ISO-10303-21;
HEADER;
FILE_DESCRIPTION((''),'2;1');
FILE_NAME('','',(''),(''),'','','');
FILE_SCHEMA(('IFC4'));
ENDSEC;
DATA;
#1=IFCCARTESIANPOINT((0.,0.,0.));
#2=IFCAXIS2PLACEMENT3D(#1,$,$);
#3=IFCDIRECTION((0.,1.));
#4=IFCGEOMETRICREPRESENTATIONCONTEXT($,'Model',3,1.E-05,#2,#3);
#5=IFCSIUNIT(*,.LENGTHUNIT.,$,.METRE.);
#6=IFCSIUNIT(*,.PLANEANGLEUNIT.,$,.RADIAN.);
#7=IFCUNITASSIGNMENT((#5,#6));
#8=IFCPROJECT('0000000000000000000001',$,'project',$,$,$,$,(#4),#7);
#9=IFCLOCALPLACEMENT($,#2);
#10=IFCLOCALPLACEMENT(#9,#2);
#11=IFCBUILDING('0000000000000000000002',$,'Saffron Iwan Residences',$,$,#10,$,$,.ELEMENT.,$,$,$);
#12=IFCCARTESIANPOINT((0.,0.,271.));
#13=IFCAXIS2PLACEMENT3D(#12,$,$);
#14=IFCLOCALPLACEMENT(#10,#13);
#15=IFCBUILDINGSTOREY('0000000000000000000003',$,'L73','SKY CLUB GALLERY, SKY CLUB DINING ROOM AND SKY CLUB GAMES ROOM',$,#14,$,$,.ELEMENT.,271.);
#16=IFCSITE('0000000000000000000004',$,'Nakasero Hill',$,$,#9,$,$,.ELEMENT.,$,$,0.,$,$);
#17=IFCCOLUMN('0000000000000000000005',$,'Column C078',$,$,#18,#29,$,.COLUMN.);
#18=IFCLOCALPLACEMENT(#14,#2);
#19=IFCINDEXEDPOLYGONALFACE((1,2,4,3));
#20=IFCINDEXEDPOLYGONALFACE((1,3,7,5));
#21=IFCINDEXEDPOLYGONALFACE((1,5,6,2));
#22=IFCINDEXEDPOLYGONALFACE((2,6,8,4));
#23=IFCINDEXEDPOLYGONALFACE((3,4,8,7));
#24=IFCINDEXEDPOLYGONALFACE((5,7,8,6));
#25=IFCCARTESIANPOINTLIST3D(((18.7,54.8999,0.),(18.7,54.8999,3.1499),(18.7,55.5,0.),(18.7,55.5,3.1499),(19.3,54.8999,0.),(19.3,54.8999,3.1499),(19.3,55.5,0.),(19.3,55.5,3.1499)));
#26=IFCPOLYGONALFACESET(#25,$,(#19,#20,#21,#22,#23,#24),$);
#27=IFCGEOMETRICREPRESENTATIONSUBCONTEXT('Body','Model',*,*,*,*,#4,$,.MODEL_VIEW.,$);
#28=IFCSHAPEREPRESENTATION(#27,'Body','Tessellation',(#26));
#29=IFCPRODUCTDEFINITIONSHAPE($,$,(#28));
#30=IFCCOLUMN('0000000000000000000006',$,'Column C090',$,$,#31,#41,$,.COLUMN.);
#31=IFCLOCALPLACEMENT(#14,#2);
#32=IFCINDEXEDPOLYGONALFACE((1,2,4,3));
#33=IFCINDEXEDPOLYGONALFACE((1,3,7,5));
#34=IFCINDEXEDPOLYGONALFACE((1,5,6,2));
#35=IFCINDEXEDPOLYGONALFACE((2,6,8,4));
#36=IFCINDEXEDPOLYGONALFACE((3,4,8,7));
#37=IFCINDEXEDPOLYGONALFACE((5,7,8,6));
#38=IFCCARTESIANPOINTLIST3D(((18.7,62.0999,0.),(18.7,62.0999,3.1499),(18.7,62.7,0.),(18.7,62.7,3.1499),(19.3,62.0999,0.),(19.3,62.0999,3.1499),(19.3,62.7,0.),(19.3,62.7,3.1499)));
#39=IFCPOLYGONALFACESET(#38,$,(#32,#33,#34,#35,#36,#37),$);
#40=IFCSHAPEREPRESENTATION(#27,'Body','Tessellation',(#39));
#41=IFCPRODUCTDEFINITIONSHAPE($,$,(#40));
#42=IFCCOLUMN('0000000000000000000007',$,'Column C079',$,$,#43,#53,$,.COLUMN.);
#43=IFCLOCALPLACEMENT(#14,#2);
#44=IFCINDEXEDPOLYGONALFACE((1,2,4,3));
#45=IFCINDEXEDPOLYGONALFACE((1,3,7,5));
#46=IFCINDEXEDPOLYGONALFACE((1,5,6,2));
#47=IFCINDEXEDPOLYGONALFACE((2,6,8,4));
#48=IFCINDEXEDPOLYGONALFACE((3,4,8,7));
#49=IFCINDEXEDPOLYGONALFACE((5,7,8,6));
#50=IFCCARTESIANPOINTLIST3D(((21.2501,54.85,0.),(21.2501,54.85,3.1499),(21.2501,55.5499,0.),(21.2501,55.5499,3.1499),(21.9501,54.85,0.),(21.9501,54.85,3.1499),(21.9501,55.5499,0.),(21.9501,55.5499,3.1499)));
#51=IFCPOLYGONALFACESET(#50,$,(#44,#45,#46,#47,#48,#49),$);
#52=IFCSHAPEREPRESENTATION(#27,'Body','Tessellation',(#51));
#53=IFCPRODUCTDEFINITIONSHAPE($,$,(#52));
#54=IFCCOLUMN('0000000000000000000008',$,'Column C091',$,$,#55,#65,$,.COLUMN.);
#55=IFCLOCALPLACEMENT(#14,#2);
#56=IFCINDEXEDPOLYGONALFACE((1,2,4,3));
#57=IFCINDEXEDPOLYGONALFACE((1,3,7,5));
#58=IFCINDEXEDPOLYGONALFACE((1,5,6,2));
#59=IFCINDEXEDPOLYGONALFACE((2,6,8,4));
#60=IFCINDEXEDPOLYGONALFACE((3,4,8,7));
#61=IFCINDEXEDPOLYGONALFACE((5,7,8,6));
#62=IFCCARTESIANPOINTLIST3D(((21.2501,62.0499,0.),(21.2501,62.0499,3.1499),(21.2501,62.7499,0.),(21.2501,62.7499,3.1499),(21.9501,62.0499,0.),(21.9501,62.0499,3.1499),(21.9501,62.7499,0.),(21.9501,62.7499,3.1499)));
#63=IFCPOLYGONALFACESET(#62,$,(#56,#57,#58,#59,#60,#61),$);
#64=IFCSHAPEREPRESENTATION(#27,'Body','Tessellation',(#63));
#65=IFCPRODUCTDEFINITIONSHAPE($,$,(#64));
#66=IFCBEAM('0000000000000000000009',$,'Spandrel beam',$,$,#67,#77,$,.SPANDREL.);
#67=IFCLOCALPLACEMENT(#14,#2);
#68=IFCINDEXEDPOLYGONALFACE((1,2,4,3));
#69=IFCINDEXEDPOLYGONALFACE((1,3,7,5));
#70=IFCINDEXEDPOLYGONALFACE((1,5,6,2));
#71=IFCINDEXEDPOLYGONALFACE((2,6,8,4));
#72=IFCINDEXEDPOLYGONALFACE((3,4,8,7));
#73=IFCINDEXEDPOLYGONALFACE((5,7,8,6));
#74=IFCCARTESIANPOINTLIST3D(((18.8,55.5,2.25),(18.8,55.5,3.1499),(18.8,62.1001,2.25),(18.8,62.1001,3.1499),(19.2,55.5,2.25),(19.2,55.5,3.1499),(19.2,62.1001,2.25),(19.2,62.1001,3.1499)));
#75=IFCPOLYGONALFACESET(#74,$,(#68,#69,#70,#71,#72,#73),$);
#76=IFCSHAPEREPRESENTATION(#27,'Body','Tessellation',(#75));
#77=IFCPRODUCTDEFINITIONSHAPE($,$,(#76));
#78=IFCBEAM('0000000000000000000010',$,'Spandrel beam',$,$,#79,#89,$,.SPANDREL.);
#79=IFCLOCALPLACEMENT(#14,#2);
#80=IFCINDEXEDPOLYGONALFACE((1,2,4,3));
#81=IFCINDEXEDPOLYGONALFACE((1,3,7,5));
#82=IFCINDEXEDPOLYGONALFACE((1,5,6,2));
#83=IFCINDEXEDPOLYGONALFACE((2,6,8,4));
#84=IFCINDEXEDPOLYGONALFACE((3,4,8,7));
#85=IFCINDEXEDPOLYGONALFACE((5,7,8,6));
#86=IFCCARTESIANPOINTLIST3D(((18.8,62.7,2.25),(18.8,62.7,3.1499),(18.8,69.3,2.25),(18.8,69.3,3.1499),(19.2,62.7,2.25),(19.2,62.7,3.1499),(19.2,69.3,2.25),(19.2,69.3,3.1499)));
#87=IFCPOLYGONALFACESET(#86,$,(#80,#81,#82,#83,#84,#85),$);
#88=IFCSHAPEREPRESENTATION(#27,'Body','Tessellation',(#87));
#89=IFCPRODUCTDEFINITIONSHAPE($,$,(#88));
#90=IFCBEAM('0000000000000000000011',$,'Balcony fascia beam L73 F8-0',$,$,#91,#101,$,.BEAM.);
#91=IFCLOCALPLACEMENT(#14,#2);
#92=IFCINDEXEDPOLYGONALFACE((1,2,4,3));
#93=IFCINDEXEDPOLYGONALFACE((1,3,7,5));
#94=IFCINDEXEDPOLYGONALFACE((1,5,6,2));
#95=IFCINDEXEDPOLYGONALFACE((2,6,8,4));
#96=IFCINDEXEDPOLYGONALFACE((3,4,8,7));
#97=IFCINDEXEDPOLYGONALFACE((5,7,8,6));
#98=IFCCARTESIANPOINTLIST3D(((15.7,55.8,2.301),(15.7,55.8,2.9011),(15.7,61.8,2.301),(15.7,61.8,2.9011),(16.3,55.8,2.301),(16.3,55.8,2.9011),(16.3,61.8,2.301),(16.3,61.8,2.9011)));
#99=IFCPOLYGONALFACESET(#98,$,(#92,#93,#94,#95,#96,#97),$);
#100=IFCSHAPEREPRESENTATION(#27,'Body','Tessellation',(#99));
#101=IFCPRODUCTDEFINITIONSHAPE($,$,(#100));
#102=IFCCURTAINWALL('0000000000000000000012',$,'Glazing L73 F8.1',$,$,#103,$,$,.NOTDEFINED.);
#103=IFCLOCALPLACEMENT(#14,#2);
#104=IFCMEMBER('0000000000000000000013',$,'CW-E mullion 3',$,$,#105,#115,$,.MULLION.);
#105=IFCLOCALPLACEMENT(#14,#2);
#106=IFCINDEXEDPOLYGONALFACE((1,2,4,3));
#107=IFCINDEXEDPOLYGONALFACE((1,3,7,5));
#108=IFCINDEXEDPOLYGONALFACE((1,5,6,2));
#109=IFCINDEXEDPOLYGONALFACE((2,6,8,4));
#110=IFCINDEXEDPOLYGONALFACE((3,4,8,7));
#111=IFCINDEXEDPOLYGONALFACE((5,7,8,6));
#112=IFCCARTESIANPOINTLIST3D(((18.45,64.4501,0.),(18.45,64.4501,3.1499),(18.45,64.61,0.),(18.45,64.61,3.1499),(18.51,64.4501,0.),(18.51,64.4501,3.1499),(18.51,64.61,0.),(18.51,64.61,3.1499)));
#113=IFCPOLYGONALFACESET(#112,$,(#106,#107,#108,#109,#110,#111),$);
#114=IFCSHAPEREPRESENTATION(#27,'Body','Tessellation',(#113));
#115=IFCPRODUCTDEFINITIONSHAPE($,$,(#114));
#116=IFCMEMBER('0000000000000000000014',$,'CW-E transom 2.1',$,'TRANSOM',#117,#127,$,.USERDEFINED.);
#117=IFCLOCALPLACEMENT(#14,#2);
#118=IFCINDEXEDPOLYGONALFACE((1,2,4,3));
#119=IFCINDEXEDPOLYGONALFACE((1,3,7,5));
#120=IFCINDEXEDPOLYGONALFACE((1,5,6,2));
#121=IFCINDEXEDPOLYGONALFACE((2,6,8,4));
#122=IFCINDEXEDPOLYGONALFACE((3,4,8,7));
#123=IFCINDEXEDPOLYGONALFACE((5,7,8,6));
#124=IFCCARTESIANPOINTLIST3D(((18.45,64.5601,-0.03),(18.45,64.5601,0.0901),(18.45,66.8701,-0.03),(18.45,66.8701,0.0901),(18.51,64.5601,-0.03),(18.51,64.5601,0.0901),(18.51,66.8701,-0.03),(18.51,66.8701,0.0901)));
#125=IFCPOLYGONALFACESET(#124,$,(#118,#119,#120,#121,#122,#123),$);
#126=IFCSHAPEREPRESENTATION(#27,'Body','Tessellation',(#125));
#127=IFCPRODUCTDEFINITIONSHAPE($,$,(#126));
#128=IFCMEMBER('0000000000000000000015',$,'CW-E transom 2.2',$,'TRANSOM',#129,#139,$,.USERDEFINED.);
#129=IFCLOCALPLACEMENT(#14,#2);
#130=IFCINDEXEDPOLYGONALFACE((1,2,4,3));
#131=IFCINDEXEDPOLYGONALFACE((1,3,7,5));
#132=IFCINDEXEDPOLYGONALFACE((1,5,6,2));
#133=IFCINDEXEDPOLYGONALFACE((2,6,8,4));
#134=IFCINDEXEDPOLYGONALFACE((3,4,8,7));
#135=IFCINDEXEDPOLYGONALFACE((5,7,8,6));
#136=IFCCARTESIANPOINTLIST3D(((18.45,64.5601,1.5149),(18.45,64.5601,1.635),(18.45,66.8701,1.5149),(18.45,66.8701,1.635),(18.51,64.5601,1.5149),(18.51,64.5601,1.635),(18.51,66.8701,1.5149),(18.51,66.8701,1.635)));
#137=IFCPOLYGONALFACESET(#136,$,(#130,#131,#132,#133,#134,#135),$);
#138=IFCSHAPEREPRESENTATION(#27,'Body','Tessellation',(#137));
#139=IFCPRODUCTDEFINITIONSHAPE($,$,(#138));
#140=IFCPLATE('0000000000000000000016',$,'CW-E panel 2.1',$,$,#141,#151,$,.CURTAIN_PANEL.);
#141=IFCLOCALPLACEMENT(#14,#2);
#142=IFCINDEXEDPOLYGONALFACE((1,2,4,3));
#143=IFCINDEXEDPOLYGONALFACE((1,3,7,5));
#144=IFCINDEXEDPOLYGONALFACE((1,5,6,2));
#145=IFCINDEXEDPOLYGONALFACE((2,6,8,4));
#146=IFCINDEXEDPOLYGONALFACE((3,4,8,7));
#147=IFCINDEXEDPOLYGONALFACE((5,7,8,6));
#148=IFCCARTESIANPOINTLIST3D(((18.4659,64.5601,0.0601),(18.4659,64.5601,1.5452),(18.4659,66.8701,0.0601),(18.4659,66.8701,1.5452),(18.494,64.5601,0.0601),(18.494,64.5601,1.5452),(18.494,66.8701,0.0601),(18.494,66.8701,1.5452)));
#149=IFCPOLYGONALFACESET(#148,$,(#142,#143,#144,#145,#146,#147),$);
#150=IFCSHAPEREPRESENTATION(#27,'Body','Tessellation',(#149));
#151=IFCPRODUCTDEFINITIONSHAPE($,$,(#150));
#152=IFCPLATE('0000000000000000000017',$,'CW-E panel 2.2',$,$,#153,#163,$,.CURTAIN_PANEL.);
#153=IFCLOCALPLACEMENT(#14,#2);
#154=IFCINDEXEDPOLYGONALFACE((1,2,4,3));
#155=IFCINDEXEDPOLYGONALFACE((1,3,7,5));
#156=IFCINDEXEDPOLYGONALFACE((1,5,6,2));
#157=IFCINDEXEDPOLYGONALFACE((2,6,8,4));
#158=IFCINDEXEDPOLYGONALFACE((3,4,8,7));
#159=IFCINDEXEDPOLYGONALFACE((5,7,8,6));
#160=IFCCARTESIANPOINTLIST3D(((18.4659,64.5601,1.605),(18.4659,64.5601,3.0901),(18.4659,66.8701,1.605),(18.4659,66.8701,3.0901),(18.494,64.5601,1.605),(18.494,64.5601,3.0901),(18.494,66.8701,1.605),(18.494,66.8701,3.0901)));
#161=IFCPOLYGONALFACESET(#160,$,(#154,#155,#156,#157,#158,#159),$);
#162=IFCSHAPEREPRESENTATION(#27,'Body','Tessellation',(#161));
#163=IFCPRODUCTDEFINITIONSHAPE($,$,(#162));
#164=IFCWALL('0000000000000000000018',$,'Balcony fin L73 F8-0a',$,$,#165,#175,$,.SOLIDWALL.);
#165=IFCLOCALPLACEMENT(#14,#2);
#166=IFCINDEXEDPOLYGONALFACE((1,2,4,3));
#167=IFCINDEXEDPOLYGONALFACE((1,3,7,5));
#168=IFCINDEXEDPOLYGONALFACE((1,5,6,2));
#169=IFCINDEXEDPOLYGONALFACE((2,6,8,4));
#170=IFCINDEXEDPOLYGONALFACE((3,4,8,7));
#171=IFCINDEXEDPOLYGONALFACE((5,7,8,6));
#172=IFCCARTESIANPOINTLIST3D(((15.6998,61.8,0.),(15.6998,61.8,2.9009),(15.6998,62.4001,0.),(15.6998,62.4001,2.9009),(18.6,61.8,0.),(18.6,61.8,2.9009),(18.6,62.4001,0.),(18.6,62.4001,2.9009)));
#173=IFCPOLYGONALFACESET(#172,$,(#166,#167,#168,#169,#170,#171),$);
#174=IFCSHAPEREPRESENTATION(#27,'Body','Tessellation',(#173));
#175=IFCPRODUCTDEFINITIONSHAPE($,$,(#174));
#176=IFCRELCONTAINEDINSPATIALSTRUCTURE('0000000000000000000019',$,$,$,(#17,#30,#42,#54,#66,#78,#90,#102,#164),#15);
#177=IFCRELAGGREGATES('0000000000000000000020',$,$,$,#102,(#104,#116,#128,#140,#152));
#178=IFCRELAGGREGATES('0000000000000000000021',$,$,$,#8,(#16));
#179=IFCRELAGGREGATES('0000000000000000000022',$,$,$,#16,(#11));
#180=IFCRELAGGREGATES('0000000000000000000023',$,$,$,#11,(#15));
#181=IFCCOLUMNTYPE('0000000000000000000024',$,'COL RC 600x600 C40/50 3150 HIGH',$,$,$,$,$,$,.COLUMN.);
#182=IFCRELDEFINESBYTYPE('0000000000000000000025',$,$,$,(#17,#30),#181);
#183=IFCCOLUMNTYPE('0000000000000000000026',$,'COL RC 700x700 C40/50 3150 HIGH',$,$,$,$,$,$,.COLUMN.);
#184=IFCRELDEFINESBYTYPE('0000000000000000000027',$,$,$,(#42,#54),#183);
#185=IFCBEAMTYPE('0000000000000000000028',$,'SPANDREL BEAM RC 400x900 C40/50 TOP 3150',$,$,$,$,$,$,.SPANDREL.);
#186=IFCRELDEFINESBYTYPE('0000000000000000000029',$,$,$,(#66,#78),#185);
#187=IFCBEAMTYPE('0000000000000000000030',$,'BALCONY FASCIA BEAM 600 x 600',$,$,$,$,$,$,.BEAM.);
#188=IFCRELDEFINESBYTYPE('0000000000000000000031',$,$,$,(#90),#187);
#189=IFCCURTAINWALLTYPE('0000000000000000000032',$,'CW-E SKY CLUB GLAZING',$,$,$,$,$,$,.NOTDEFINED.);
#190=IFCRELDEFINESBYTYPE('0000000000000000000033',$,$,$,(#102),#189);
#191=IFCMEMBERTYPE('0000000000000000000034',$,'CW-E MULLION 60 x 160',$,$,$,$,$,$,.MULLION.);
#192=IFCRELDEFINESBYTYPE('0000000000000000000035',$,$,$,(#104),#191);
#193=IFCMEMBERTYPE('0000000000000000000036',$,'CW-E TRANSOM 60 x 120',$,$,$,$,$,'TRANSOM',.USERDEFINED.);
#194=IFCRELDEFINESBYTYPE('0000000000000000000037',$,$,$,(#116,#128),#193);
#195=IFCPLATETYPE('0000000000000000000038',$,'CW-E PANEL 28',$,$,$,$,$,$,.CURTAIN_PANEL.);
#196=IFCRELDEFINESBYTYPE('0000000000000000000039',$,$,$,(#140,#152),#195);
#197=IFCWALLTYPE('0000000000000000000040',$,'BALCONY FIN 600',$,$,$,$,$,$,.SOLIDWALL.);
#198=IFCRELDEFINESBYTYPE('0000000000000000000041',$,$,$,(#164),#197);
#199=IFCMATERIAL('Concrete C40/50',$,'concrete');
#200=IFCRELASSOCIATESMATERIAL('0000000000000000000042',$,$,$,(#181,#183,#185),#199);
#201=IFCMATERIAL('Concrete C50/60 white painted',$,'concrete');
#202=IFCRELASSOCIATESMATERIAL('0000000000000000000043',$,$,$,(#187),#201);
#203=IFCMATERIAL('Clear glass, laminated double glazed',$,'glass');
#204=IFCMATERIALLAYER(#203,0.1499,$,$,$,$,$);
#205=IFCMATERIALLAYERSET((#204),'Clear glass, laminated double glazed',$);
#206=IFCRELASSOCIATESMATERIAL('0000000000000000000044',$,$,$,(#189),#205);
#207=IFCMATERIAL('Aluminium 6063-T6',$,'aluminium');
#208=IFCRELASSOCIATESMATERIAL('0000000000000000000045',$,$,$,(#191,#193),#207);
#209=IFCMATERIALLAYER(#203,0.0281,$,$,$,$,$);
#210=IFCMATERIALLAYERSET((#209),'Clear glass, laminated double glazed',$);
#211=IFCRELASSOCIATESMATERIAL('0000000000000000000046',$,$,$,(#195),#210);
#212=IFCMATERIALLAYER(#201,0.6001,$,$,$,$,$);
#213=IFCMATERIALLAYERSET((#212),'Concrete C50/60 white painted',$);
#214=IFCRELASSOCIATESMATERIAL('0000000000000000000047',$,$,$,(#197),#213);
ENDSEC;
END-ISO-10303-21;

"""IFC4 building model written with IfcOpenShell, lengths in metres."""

from ifc_helpers import new_model, si_unit, direction, frame, frame_2d, origin, origin_2d, place, context, subcontext, project, spatial, rectangle, extrude, source, transform, mapped, material, layer, layer_set, material_profile, profile_set, type_object, element, aggregate, save


model = new_model("IFC4")

# Units and contexts
model_context = context("Model", 3, precision=1e-05, world=origin(), true_north=direction((0.0, 1.0)))
body_context = subcontext(model_context, "Body", "Model", "MODEL_VIEW")
ifc_project = project(units=[si_unit("LENGTHUNIT", "METRE"), si_unit("PLANEANGLEUNIT", "RADIAN")], contexts=[model_context])

# Site, building, storey
site_placement = place(None, origin())
site = spatial("IfcSite", under=ifc_project, at=site_placement, Name="Nakasero Hill", CompositionType="ELEMENT", RefElevation=0.0)
building_placement = place(site_placement, origin())
building = spatial("IfcBuilding", under=site, at=building_placement, Name="Saffron Iwan Residences", CompositionType="ELEMENT")
storey_placement = place(building_placement, frame((0.0, 0.0, 271.0)))
storey = spatial("IfcBuildingStorey", under=building, at=storey_placement, Name="L73", Description="SKY CLUB GALLERY, SKY CLUB DINING ROOM AND SKY CLUB GAMES ROOM", CompositionType="ELEMENT", Elevation=271.0)

# Columns
ifc_material_1 = material(Name="Concrete C40/50", Category="concrete")
ifc_material_profile_1 = material_profile(ifc_material_1, rectangle(XDim=0.6001, YDim=0.6001, at=origin_2d()), Name="RC 600x600")
ifc_profile_set_1 = profile_set([ifc_material_profile_1], Name="Concrete C40/50")
column_type_1 = type_object("IfcColumnType", Name="COL RC 600x600 C40/50 3150 HIGH", PredefinedType="COLUMN", material=ifc_profile_set_1)
shared_shape_1 = source(origin(), body_context, "Body", "SweptSolid", [
    extrude(rectangle(XDim=0.6001, YDim=0.6001, at=origin_2d()), origin(), (0.0, 0.0, 1.0), 3.1499),
])
for number, where, z_axis, x_axis, name in (
    (1, (19.0, 55.2, 0.0), (0.0, 0.0, 1.0), (1.0, 0.0, 0.0), "Column C078"),
    (2, (19.0, 62.3999, 0.0), (0.0, 0.0, 1.0), (1.0, 0.0, 0.0), "Column C090"),
):
    element("IfcColumn", number, at=place(storey_placement, frame(where, z_axis=z_axis, x_axis=x_axis)), inside=storey, type_object=column_type_1, Name=name, PredefinedType="COLUMN", context=body_context, shape_type="MappedRepresentation", body=[
        mapped(shared_shape_1, transform((0.0, 0.0, 0.0))),
    ])
ifc_material_profile_2 = material_profile(ifc_material_1, rectangle(XDim=0.7, YDim=0.7, at=origin_2d()), Name="RC 700x700")
ifc_profile_set_2 = profile_set([ifc_material_profile_2], Name="Concrete C40/50")
column_type_2 = type_object("IfcColumnType", Name="COL RC 700x700 C40/50 3150 HIGH", PredefinedType="COLUMN", material=ifc_profile_set_2)
shared_shape_2 = source(origin(), body_context, "Body", "SweptSolid", [
    extrude(rectangle(XDim=0.7, YDim=0.7, at=origin_2d()), origin(), (0.0, 0.0, 1.0), 3.1499),
])
for number, where, z_axis, x_axis, name in (
    (3, (21.6001, 55.2, 0.0), (0.0, 0.0, 1.0), (1.0, 0.0, 0.0), "Column C079"),
    (4, (21.6001, 62.3999, 0.0), (0.0, 0.0, 1.0), (1.0, 0.0, 0.0), "Column C091"),
):
    element("IfcColumn", number, at=place(storey_placement, frame(where, z_axis=z_axis, x_axis=x_axis)), inside=storey, type_object=column_type_2, Name=name, PredefinedType="COLUMN", context=body_context, shape_type="MappedRepresentation", body=[
        mapped(shared_shape_2, transform((0.0, 0.0, 0.0))),
    ])

# Beams
ifc_material_profile_3 = material_profile(ifc_material_1, rectangle(XDim=0.3999, YDim=0.8999, at=origin_2d()), Name="RC 400x900")
ifc_profile_set_3 = profile_set([ifc_material_profile_3], Name="Concrete C40/50")
beam_type_1 = type_object("IfcBeamType", Name="SPANDREL BEAM RC 400x900 C40/50 TOP 3150", PredefinedType="SPANDREL", material=ifc_profile_set_3)
shared_shape_3 = source(origin(), body_context, "Body", "SweptSolid", [
    extrude(rectangle(XDim=0.3999, YDim=0.8999, at=origin_2d()), origin(), (0.0, 0.0, 1.0), 6.6001),
])
for number, where, z_axis, x_axis, name in (
    (5, (19.0, 55.5, 2.7), (0.0, 1.0, 0.0), (-1.0, 0.0, 0.0), "Spandrel beam"),
    (6, (19.0, 62.7, 2.7), (0.0, 1.0, 0.0), (-1.0, 0.0, 0.0), "Spandrel beam"),
):
    element("IfcBeam", number, at=place(storey_placement, frame(where, z_axis=z_axis, x_axis=x_axis)), inside=storey, type_object=beam_type_1, Name=name, PredefinedType="SPANDREL", context=body_context, shape_type="MappedRepresentation", body=[
        mapped(shared_shape_3, transform((0.0, 0.0, 0.0))),
    ])
ifc_material_2 = material(Name="Concrete C50/60 white painted", Category="concrete")
ifc_material_profile_4 = material_profile(ifc_material_2, rectangle(XDim=0.6001, YDim=0.6001, at=origin_2d()), Name="BALCONY FASCIA BEAM 600 x 600")
ifc_profile_set_4 = profile_set([ifc_material_profile_4], Name="Concrete C50/60 white painted")
beam_type_2 = type_object("IfcBeamType", Name="BALCONY FASCIA BEAM 600 x 600", PredefinedType="BEAM", material=ifc_profile_set_4)
shared_shape_4 = source(origin(), body_context, "Body", "SweptSolid", [
    extrude(rectangle(XDim=0.6001, YDim=0.6001, at=origin_2d()), origin(), (0.0, 0.0, 1.0), 6.0),
])
beam_placement = place(storey_placement, frame((16.0, 61.8, 2.6011), z_axis=(0.0, -1.0, 0.0), x_axis=(1.0, 0.0, 0.0)))
element("IfcBeam", 7, at=beam_placement, inside=storey, type_object=beam_type_2, Name="Balcony fascia beam L73 F8-0", PredefinedType="BEAM", context=body_context, shape_type="MappedRepresentation", body=[
    mapped(shared_shape_4, transform((0.0, 0.0, 0.0))),
])

# Curtain wall, members, plates
ifc_material_3 = material(Name="Clear glass, laminated double glazed", Category="glass")
ifc_layer_1 = layer(ifc_material_3, 0.1499)
ifc_layer_set_1 = layer_set([ifc_layer_1], Name="Clear glass, laminated double glazed")
curtain_wall_type = type_object("IfcCurtainWallType", Name="CW-E SKY CLUB GLAZING", PredefinedType="NOTDEFINED", material=ifc_layer_set_1)
curtain_wall_placement = place(storey_placement, origin())
curtain_wall = element("IfcCurtainWall", 8, at=curtain_wall_placement, inside=storey, type_object=curtain_wall_type, Name="Glazing L73 F8.1", PredefinedType="NOTDEFINED")
ifc_material_4 = material(Name="Aluminium 6063-T6", Category="aluminium")
ifc_material_profile_5 = material_profile(ifc_material_4, rectangle(XDim=0.0601, YDim=0.1599, at=origin_2d()), Name="CW-E MULLION 60 x 160")
ifc_profile_set_5 = profile_set([ifc_material_profile_5], Name="Aluminium 6063-T6")
member_type_1 = type_object("IfcMemberType", Name="CW-E MULLION 60 x 160", PredefinedType="MULLION", material=ifc_profile_set_5)
shared_shape_5 = source(origin(), body_context, "Body", "SweptSolid", [
    extrude(rectangle(XDim=0.0601, YDim=0.1599, at=origin_2d()), origin(), (0.0, 0.0, 1.0), 3.1499),
])
member_1_placement = place(storey_placement, frame((18.48, 64.53, 0.0), z_axis=(0.0, 0.0, 1.0), x_axis=(1.0, 0.0, 0.0)))
member_1 = element("IfcMember", 9, at=member_1_placement, type_object=member_type_1, Name="CW-E mullion 3", PredefinedType="MULLION", context=body_context, shape_type="MappedRepresentation", body=[
    mapped(shared_shape_5, transform((0.0, 0.0, 0.0))),
])
ifc_material_profile_6 = material_profile(ifc_material_4, rectangle(XDim=0.0601, YDim=0.1201, at=origin_2d()), Name="CW-E TRANSOM 60 x 120")
ifc_profile_set_6 = profile_set([ifc_material_profile_6], Name="Aluminium 6063-T6")
member_type_2 = type_object("IfcMemberType", Name="CW-E TRANSOM 60 x 120", ElementType="TRANSOM", PredefinedType="USERDEFINED", material=ifc_profile_set_6)
shared_shape_6 = source(origin(), body_context, "Body", "SweptSolid", [
    extrude(rectangle(XDim=0.0601, YDim=0.1201, at=origin_2d()), origin(), (0.0, 0.0, 1.0), 2.3101),
])
member_2_placement = place(storey_placement, frame((18.48, 66.8701, 0.03), z_axis=(0.0, -1.0, 0.0), x_axis=(1.0, 0.0, 0.0)))
member_2 = element("IfcMember", 10, at=member_2_placement, type_object=member_type_2, Name="CW-E transom 2.1", ObjectType="TRANSOM", PredefinedType="USERDEFINED", context=body_context, shape_type="MappedRepresentation", body=[
    mapped(shared_shape_6, transform((0.0, 0.0, 0.0))),
])
member_3_placement = place(storey_placement, frame((18.48, 66.8701, 1.575), z_axis=(0.0, -1.0, 0.0), x_axis=(1.0, 0.0, 0.0)))
member_3 = element("IfcMember", 11, at=member_3_placement, type_object=member_type_2, Name="CW-E transom 2.2", ObjectType="TRANSOM", PredefinedType="USERDEFINED", context=body_context, shape_type="MappedRepresentation", body=[
    mapped(shared_shape_6, transform((0.0, 0.0, 0.0))),
])
ifc_layer_2 = layer(ifc_material_3, 0.0281)
ifc_layer_set_2 = layer_set([ifc_layer_2], Name="Clear glass, laminated double glazed")
plate_type = type_object("IfcPlateType", Name="CW-E PANEL 28", PredefinedType="CURTAIN_PANEL", material=ifc_layer_set_2)
shared_shape_7 = source(origin(), body_context, "Body", "SweptSolid", [
    extrude(rectangle(XDim=2.3101, YDim=0.0281, at=origin_2d()), origin(), (0.0, 0.0, 1.0), 1.4851),
])
plate_1_placement = place(storey_placement, frame((18.48, 65.7151, 0.0601), z_axis=(0.0, 0.0, 1.0), x_axis=(0.0, -1.0, 0.0)))
plate_1 = element("IfcPlate", 12, at=plate_1_placement, type_object=plate_type, Name="CW-E panel 2.1", PredefinedType="CURTAIN_PANEL", context=body_context, shape_type="MappedRepresentation", body=[
    mapped(shared_shape_7, transform((0.0, 0.0, 0.0))),
])
plate_2_placement = place(storey_placement, frame((18.48, 65.7151, 1.605), z_axis=(0.0, 0.0, 1.0), x_axis=(0.0, -1.0, 0.0)))
plate_2 = element("IfcPlate", 13, at=plate_2_placement, type_object=plate_type, Name="CW-E panel 2.2", PredefinedType="CURTAIN_PANEL", context=body_context, shape_type="MappedRepresentation", body=[
    mapped(shared_shape_7, transform((0.0, 0.0, 0.0))),
])
aggregate(curtain_wall, [member_1, member_2, member_3, plate_1, plate_2])

# Wall
ifc_layer_3 = layer(ifc_material_2, 0.6001)
ifc_layer_set_3 = layer_set([ifc_layer_3], Name="Concrete C50/60 white painted")
wall_type_1 = type_object("IfcWallType", Name="BALCONY FIN 600", PredefinedType="SOLIDWALL", material=ifc_layer_set_3)
for number, where, z_axis, x_axis, name in (
    (14, (18.6001, 62.1001, 0.0), (0.0, 0.0, 1.0), (-1.0, 0.0, 0.0), "Balcony fin L73 F8-0a"),
):
    element("IfcWall", number, at=place(storey_placement, frame(where, z_axis=z_axis, x_axis=x_axis)), inside=storey, type_object=wall_type_1, Name=name, PredefinedType="SOLIDWALL", context=body_context, shape_type="SweptSolid", body=[
        extrude(rectangle(XDim=2.9001, YDim=0.6001, at=frame_2d((1.4502, 0.0))), origin(), (0.0, 0.0, 1.0), 2.9009),
    ])

save(model, "model.ifc")
